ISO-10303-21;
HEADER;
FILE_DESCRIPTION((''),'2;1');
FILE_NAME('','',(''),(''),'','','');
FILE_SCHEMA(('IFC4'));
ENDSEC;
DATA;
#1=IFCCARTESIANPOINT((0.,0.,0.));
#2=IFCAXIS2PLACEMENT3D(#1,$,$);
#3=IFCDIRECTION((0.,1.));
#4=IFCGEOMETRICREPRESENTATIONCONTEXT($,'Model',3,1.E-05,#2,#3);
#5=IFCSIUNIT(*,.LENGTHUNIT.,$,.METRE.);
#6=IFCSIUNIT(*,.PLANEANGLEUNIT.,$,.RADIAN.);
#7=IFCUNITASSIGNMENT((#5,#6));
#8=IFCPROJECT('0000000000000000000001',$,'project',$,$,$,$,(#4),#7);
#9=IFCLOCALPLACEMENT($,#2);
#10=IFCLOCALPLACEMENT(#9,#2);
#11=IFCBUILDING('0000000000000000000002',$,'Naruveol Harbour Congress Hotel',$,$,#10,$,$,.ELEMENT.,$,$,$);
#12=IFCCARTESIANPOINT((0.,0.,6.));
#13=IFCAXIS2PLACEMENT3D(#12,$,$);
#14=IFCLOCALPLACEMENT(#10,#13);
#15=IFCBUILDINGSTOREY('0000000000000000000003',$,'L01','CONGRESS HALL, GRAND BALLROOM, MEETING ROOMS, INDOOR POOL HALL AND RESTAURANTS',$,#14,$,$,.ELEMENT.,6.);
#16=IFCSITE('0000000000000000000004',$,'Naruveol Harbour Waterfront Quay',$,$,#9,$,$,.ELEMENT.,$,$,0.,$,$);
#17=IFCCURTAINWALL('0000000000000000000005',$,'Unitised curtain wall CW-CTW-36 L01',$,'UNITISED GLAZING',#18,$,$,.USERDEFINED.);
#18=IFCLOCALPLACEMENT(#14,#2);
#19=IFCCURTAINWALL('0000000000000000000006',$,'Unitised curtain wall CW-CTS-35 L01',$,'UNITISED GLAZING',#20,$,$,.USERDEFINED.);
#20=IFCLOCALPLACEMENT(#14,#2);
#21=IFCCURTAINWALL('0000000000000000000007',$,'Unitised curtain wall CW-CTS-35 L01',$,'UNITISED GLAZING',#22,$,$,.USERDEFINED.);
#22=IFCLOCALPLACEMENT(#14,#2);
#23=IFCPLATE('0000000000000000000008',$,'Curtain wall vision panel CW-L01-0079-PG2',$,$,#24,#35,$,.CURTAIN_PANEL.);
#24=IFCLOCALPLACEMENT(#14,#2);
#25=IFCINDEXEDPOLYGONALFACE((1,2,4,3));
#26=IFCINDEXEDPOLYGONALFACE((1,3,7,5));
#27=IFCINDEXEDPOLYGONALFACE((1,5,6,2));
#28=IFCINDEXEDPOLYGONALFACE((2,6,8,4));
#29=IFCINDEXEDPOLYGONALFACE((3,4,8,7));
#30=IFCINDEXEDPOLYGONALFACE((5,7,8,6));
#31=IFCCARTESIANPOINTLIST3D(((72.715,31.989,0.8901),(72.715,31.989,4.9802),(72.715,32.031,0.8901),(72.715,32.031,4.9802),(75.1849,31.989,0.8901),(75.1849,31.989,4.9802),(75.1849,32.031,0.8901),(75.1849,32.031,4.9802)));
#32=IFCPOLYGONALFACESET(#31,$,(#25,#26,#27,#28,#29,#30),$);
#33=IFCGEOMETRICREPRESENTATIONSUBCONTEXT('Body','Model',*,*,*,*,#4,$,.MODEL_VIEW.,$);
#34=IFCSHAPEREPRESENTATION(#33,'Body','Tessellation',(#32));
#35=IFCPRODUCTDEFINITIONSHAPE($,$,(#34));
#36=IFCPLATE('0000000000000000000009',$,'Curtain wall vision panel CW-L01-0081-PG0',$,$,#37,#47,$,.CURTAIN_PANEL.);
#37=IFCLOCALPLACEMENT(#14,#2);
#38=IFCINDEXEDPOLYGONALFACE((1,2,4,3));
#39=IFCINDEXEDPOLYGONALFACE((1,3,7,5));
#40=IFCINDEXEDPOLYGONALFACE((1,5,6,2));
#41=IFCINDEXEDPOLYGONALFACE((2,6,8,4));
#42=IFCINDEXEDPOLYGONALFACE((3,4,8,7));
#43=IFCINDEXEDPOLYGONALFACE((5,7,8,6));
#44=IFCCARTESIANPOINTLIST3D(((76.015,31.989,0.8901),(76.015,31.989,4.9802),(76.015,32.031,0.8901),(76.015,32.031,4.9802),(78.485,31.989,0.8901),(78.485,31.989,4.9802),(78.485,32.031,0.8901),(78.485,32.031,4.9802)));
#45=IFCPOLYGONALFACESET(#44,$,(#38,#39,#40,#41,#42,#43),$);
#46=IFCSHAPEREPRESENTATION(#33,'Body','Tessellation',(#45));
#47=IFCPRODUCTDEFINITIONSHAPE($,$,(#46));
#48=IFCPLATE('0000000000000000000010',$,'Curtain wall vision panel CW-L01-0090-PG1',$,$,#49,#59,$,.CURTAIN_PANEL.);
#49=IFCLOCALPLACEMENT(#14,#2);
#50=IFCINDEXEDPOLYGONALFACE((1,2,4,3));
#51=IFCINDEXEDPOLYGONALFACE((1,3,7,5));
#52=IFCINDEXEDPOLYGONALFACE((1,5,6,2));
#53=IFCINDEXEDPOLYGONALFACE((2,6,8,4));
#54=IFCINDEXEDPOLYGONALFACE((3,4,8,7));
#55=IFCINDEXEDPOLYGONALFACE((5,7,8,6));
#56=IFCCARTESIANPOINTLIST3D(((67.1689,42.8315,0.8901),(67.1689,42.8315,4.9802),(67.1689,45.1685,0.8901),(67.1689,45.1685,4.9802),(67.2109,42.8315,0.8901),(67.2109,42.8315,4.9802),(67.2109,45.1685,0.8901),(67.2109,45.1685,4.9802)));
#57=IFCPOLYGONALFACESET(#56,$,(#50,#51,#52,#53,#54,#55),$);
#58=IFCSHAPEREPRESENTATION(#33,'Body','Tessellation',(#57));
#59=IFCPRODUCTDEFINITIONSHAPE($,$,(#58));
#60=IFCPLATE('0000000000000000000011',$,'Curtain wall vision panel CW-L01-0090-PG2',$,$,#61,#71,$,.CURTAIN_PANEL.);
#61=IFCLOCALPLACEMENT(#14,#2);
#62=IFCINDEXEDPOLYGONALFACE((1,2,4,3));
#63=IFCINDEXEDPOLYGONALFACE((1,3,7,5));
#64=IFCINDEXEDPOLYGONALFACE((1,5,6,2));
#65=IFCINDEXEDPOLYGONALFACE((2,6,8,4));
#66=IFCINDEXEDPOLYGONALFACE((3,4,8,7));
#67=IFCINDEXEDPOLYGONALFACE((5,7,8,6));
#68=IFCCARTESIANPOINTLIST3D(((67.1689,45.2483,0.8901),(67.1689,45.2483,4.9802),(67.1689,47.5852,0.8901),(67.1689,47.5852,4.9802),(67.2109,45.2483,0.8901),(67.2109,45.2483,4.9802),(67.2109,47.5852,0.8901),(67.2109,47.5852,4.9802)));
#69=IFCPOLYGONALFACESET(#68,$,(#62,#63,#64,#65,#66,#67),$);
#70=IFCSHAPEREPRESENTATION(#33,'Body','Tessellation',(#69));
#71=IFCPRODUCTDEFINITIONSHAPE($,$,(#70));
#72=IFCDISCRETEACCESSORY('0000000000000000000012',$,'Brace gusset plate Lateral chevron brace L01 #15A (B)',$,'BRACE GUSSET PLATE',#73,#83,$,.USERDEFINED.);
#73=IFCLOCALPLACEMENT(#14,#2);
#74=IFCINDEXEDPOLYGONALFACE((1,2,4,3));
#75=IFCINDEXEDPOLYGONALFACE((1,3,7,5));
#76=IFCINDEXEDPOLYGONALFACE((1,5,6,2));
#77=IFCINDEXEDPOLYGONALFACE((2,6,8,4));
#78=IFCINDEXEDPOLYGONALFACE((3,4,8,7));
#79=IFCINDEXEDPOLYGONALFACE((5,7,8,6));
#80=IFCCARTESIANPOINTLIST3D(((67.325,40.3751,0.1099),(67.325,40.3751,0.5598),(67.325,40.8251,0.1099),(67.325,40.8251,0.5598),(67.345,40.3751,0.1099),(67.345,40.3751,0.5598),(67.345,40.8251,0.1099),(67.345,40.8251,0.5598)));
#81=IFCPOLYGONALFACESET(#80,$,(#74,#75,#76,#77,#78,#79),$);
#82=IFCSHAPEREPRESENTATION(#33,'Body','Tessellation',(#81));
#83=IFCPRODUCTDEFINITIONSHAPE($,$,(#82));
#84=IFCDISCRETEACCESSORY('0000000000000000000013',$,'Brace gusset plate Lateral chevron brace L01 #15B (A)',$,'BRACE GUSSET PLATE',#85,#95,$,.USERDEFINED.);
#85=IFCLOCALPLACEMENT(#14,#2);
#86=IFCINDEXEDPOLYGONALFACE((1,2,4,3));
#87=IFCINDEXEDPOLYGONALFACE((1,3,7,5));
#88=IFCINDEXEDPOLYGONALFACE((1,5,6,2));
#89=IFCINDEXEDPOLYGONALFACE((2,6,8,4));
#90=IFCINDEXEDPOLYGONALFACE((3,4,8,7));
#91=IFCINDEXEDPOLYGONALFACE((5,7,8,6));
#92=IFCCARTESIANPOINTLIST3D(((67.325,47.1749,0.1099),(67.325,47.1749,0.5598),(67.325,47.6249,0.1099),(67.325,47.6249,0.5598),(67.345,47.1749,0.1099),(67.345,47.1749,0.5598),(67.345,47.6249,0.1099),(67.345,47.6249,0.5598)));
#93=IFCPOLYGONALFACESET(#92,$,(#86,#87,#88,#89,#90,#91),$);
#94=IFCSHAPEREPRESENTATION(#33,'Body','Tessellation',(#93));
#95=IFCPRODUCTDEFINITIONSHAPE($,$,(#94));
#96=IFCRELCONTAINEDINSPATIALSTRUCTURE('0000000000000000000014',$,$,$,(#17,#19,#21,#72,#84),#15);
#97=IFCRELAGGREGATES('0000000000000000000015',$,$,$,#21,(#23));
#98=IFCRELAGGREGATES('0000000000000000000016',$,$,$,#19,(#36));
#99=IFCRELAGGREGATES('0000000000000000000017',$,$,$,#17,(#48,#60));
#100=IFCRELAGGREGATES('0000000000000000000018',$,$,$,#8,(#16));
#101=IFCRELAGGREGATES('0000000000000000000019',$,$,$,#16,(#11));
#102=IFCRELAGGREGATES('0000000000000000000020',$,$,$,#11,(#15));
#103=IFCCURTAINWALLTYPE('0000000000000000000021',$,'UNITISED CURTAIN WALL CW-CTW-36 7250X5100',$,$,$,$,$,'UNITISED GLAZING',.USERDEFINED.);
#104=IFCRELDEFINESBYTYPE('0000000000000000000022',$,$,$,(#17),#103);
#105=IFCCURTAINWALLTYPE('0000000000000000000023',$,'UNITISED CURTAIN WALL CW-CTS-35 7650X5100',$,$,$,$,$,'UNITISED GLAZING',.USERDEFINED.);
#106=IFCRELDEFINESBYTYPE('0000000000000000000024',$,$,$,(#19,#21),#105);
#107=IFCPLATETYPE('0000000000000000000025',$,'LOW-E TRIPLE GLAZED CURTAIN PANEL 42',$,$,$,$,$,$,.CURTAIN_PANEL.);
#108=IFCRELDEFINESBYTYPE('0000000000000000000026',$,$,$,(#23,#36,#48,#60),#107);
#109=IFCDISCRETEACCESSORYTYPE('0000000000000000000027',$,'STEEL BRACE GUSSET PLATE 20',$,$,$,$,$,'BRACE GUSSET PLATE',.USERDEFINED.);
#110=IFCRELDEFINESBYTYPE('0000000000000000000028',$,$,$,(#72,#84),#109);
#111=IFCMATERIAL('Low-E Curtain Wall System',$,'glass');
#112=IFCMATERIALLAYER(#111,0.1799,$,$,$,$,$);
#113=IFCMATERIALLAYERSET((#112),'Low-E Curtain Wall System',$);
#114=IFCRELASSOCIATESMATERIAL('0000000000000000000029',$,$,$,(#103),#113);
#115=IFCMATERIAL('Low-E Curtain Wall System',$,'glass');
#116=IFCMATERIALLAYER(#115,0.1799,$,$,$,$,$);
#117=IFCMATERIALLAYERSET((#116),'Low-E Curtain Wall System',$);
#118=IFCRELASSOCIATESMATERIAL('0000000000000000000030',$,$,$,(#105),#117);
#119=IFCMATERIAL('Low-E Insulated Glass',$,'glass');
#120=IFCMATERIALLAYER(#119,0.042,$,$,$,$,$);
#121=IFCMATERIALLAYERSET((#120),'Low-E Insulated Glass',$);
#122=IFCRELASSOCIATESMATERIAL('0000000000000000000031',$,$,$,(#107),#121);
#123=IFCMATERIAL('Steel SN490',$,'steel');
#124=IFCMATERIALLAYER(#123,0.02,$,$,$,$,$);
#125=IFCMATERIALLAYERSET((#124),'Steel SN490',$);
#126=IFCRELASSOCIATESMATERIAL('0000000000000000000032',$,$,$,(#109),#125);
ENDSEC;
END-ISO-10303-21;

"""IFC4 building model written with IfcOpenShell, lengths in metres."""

from ifc_helpers import new_model, si_unit, direction, frame, origin, origin_2d, place, context, subcontext, project, spatial, rectangle, extrude, material, layer, layer_set, type_object, element, aggregate, save


model = new_model("IFC4")

# Units and contexts
model_context = context("Model", 3, precision=1e-05, world=origin(), true_north=direction((0.0, 1.0)))
body_context = subcontext(model_context, "Body", "Model", "MODEL_VIEW")
ifc_project = project(units=[si_unit("LENGTHUNIT", "METRE"), si_unit("PLANEANGLEUNIT", "RADIAN")], contexts=[model_context])

# Site, building, storey
site_placement = place(None, origin())
site = spatial("IfcSite", under=ifc_project, at=site_placement, Name="Naruveol Harbour Waterfront Quay", CompositionType="ELEMENT", RefElevation=0.0)
building_placement = place(site_placement, origin())
building = spatial("IfcBuilding", under=site, at=building_placement, Name="Naruveol Harbour Congress Hotel", CompositionType="ELEMENT")
storey_placement = place(building_placement, frame((0.0, 0.0, 6.0)))
storey = spatial("IfcBuildingStorey", under=building, at=storey_placement, Name="L01", Description="CONGRESS HALL, GRAND BALLROOM, MEETING ROOMS, INDOOR POOL HALL AND RESTAURANTS", CompositionType="ELEMENT", Elevation=6.0)

# Curtain wall
ifc_material_1 = material(Name="Low-E Curtain Wall System", Category="glass")
ifc_layer_1 = layer(ifc_material_1, 0.1799)
ifc_layer_set_1 = layer_set([ifc_layer_1], Name="Low-E Curtain Wall System")
curtain_wall_type_1 = type_object("IfcCurtainWallType", Name="UNITISED CURTAIN WALL CW-CTW-36 7250X5100", ElementType="UNITISED GLAZING", PredefinedType="USERDEFINED", material=ifc_layer_set_1)
curtain_wall_1_placement = place(storey_placement, origin())
curtain_wall_1 = element("IfcCurtainWall", 1, at=curtain_wall_1_placement, inside=storey, type_object=curtain_wall_type_1, Name="Unitised curtain wall CW-CTW-36 L01", ObjectType="UNITISED GLAZING", PredefinedType="USERDEFINED")

# Curtain wall
ifc_material_2 = material(Name="Low-E Curtain Wall System", Category="glass")
ifc_layer_2 = layer(ifc_material_2, 0.1799)
ifc_layer_set_2 = layer_set([ifc_layer_2], Name="Low-E Curtain Wall System")
curtain_wall_type_2 = type_object("IfcCurtainWallType", Name="UNITISED CURTAIN WALL CW-CTS-35 7650X5100", ElementType="UNITISED GLAZING", PredefinedType="USERDEFINED", material=ifc_layer_set_2)
curtain_wall_2_placement = place(storey_placement, origin())
curtain_wall_2 = element("IfcCurtainWall", 2, at=curtain_wall_2_placement, inside=storey, type_object=curtain_wall_type_2, Name="Unitised curtain wall CW-CTS-35 L01", ObjectType="UNITISED GLAZING", PredefinedType="USERDEFINED")

# Curtain wall, plate
curtain_wall_3_placement = place(storey_placement, origin())
curtain_wall_3 = element("IfcCurtainWall", 3, at=curtain_wall_3_placement, inside=storey, type_object=curtain_wall_type_2, Name="Unitised curtain wall CW-CTS-35 L01", ObjectType="UNITISED GLAZING", PredefinedType="USERDEFINED")
ifc_material_3 = material(Name="Low-E Insulated Glass", Category="glass")
ifc_layer_3 = layer(ifc_material_3, 0.042)
ifc_layer_set_3 = layer_set([ifc_layer_3], Name="Low-E Insulated Glass")
plate_type_1 = type_object("IfcPlateType", Name="LOW-E TRIPLE GLAZED CURTAIN PANEL 42", PredefinedType="CURTAIN_PANEL", material=ifc_layer_set_3)
plate_1_placement = place(storey_placement, frame((73.95, 32.01, 0.8901), z_axis=(0.0, 0.0, 1.0), x_axis=(1.0, 0.0, 0.0)))
plate_1 = element("IfcPlate", 4, at=plate_1_placement, type_object=plate_type_1, Name="Curtain wall vision panel CW-L01-0079-PG2", PredefinedType="CURTAIN_PANEL", context=body_context, shape_type="SweptSolid", body=[
    extrude(rectangle(XDim=2.47, YDim=0.042, at=origin_2d()), origin(), (0.0, 0.0, 1.0), 4.0901),
])
aggregate(curtain_wall_3, [plate_1])

# Plates
plate_2_placement = place(storey_placement, frame((77.25, 32.01, 0.8901), z_axis=(0.0, 0.0, 1.0), x_axis=(1.0, 0.0, 0.0)))
plate_2 = element("IfcPlate", 5, at=plate_2_placement, type_object=plate_type_1, Name="Curtain wall vision panel CW-L01-0081-PG0", PredefinedType="CURTAIN_PANEL", context=body_context, shape_type="SweptSolid", body=[
    extrude(rectangle(XDim=2.47, YDim=0.042, at=origin_2d()), origin(), (0.0, 0.0, 1.0), 4.0901),
])
aggregate(curtain_wall_2, [plate_2])
plate_3_placement = place(storey_placement, frame((67.1899, 44.0, 0.8901), z_axis=(0.0, 0.0, 1.0), x_axis=(0.0, 1.0, 0.0)))
plate_3 = element("IfcPlate", 6, at=plate_3_placement, type_object=plate_type_1, Name="Curtain wall vision panel CW-L01-0090-PG1", PredefinedType="CURTAIN_PANEL", context=body_context, shape_type="SweptSolid", body=[
    extrude(rectangle(XDim=2.3369, YDim=0.042, at=origin_2d()), origin(), (0.0, 0.0, 1.0), 4.0901),
])
plate_4_placement = place(storey_placement, frame((67.1899, 46.4167, 0.8901), z_axis=(0.0, 0.0, 1.0), x_axis=(0.0, 1.0, 0.0)))
plate_4 = element("IfcPlate", 7, at=plate_4_placement, type_object=plate_type_1, Name="Curtain wall vision panel CW-L01-0090-PG2", PredefinedType="CURTAIN_PANEL", context=body_context, shape_type="SweptSolid", body=[
    extrude(rectangle(XDim=2.3369, YDim=0.042, at=origin_2d()), origin(), (0.0, 0.0, 1.0), 4.0901),
])
aggregate(curtain_wall_1, [plate_3, plate_4])

# Discrete accessories
ifc_material_4 = material(Name="Steel SN490", Category="steel")
ifc_layer_4 = layer(ifc_material_4, 0.02)
ifc_layer_set_4 = layer_set([ifc_layer_4], Name="Steel SN490")
discrete_accessory_type = type_object("IfcDiscreteAccessoryType", Name="STEEL BRACE GUSSET PLATE 20", ElementType="BRACE GUSSET PLATE", PredefinedType="USERDEFINED", material=ifc_layer_set_4)
for number, where, z_axis, x_axis, name in (
    (8, (67.335, 40.6001, 0.1099), (0.0, 0.0, 1.0), (0.0, 1.0, 0.0), "Brace gusset plate Lateral chevron brace L01 #15A (B)"),
    (9, (67.335, 47.3999, 0.1099), (0.0, 0.0, 1.0), (0.0, -1.0, 0.0), "Brace gusset plate Lateral chevron brace L01 #15B (A)"),
):
    element("IfcDiscreteAccessory", number, at=place(storey_placement, frame(where, z_axis=z_axis, x_axis=x_axis)), inside=storey, type_object=discrete_accessory_type, Name=name, ObjectType="BRACE GUSSET PLATE", PredefinedType="USERDEFINED", context=body_context, shape_type="SweptSolid", body=[
        extrude(rectangle(XDim=0.45, YDim=0.02, at=origin_2d()), origin(), (0.0, 0.0, 1.0), 0.45),
    ])

save(model, "model.ifc")
